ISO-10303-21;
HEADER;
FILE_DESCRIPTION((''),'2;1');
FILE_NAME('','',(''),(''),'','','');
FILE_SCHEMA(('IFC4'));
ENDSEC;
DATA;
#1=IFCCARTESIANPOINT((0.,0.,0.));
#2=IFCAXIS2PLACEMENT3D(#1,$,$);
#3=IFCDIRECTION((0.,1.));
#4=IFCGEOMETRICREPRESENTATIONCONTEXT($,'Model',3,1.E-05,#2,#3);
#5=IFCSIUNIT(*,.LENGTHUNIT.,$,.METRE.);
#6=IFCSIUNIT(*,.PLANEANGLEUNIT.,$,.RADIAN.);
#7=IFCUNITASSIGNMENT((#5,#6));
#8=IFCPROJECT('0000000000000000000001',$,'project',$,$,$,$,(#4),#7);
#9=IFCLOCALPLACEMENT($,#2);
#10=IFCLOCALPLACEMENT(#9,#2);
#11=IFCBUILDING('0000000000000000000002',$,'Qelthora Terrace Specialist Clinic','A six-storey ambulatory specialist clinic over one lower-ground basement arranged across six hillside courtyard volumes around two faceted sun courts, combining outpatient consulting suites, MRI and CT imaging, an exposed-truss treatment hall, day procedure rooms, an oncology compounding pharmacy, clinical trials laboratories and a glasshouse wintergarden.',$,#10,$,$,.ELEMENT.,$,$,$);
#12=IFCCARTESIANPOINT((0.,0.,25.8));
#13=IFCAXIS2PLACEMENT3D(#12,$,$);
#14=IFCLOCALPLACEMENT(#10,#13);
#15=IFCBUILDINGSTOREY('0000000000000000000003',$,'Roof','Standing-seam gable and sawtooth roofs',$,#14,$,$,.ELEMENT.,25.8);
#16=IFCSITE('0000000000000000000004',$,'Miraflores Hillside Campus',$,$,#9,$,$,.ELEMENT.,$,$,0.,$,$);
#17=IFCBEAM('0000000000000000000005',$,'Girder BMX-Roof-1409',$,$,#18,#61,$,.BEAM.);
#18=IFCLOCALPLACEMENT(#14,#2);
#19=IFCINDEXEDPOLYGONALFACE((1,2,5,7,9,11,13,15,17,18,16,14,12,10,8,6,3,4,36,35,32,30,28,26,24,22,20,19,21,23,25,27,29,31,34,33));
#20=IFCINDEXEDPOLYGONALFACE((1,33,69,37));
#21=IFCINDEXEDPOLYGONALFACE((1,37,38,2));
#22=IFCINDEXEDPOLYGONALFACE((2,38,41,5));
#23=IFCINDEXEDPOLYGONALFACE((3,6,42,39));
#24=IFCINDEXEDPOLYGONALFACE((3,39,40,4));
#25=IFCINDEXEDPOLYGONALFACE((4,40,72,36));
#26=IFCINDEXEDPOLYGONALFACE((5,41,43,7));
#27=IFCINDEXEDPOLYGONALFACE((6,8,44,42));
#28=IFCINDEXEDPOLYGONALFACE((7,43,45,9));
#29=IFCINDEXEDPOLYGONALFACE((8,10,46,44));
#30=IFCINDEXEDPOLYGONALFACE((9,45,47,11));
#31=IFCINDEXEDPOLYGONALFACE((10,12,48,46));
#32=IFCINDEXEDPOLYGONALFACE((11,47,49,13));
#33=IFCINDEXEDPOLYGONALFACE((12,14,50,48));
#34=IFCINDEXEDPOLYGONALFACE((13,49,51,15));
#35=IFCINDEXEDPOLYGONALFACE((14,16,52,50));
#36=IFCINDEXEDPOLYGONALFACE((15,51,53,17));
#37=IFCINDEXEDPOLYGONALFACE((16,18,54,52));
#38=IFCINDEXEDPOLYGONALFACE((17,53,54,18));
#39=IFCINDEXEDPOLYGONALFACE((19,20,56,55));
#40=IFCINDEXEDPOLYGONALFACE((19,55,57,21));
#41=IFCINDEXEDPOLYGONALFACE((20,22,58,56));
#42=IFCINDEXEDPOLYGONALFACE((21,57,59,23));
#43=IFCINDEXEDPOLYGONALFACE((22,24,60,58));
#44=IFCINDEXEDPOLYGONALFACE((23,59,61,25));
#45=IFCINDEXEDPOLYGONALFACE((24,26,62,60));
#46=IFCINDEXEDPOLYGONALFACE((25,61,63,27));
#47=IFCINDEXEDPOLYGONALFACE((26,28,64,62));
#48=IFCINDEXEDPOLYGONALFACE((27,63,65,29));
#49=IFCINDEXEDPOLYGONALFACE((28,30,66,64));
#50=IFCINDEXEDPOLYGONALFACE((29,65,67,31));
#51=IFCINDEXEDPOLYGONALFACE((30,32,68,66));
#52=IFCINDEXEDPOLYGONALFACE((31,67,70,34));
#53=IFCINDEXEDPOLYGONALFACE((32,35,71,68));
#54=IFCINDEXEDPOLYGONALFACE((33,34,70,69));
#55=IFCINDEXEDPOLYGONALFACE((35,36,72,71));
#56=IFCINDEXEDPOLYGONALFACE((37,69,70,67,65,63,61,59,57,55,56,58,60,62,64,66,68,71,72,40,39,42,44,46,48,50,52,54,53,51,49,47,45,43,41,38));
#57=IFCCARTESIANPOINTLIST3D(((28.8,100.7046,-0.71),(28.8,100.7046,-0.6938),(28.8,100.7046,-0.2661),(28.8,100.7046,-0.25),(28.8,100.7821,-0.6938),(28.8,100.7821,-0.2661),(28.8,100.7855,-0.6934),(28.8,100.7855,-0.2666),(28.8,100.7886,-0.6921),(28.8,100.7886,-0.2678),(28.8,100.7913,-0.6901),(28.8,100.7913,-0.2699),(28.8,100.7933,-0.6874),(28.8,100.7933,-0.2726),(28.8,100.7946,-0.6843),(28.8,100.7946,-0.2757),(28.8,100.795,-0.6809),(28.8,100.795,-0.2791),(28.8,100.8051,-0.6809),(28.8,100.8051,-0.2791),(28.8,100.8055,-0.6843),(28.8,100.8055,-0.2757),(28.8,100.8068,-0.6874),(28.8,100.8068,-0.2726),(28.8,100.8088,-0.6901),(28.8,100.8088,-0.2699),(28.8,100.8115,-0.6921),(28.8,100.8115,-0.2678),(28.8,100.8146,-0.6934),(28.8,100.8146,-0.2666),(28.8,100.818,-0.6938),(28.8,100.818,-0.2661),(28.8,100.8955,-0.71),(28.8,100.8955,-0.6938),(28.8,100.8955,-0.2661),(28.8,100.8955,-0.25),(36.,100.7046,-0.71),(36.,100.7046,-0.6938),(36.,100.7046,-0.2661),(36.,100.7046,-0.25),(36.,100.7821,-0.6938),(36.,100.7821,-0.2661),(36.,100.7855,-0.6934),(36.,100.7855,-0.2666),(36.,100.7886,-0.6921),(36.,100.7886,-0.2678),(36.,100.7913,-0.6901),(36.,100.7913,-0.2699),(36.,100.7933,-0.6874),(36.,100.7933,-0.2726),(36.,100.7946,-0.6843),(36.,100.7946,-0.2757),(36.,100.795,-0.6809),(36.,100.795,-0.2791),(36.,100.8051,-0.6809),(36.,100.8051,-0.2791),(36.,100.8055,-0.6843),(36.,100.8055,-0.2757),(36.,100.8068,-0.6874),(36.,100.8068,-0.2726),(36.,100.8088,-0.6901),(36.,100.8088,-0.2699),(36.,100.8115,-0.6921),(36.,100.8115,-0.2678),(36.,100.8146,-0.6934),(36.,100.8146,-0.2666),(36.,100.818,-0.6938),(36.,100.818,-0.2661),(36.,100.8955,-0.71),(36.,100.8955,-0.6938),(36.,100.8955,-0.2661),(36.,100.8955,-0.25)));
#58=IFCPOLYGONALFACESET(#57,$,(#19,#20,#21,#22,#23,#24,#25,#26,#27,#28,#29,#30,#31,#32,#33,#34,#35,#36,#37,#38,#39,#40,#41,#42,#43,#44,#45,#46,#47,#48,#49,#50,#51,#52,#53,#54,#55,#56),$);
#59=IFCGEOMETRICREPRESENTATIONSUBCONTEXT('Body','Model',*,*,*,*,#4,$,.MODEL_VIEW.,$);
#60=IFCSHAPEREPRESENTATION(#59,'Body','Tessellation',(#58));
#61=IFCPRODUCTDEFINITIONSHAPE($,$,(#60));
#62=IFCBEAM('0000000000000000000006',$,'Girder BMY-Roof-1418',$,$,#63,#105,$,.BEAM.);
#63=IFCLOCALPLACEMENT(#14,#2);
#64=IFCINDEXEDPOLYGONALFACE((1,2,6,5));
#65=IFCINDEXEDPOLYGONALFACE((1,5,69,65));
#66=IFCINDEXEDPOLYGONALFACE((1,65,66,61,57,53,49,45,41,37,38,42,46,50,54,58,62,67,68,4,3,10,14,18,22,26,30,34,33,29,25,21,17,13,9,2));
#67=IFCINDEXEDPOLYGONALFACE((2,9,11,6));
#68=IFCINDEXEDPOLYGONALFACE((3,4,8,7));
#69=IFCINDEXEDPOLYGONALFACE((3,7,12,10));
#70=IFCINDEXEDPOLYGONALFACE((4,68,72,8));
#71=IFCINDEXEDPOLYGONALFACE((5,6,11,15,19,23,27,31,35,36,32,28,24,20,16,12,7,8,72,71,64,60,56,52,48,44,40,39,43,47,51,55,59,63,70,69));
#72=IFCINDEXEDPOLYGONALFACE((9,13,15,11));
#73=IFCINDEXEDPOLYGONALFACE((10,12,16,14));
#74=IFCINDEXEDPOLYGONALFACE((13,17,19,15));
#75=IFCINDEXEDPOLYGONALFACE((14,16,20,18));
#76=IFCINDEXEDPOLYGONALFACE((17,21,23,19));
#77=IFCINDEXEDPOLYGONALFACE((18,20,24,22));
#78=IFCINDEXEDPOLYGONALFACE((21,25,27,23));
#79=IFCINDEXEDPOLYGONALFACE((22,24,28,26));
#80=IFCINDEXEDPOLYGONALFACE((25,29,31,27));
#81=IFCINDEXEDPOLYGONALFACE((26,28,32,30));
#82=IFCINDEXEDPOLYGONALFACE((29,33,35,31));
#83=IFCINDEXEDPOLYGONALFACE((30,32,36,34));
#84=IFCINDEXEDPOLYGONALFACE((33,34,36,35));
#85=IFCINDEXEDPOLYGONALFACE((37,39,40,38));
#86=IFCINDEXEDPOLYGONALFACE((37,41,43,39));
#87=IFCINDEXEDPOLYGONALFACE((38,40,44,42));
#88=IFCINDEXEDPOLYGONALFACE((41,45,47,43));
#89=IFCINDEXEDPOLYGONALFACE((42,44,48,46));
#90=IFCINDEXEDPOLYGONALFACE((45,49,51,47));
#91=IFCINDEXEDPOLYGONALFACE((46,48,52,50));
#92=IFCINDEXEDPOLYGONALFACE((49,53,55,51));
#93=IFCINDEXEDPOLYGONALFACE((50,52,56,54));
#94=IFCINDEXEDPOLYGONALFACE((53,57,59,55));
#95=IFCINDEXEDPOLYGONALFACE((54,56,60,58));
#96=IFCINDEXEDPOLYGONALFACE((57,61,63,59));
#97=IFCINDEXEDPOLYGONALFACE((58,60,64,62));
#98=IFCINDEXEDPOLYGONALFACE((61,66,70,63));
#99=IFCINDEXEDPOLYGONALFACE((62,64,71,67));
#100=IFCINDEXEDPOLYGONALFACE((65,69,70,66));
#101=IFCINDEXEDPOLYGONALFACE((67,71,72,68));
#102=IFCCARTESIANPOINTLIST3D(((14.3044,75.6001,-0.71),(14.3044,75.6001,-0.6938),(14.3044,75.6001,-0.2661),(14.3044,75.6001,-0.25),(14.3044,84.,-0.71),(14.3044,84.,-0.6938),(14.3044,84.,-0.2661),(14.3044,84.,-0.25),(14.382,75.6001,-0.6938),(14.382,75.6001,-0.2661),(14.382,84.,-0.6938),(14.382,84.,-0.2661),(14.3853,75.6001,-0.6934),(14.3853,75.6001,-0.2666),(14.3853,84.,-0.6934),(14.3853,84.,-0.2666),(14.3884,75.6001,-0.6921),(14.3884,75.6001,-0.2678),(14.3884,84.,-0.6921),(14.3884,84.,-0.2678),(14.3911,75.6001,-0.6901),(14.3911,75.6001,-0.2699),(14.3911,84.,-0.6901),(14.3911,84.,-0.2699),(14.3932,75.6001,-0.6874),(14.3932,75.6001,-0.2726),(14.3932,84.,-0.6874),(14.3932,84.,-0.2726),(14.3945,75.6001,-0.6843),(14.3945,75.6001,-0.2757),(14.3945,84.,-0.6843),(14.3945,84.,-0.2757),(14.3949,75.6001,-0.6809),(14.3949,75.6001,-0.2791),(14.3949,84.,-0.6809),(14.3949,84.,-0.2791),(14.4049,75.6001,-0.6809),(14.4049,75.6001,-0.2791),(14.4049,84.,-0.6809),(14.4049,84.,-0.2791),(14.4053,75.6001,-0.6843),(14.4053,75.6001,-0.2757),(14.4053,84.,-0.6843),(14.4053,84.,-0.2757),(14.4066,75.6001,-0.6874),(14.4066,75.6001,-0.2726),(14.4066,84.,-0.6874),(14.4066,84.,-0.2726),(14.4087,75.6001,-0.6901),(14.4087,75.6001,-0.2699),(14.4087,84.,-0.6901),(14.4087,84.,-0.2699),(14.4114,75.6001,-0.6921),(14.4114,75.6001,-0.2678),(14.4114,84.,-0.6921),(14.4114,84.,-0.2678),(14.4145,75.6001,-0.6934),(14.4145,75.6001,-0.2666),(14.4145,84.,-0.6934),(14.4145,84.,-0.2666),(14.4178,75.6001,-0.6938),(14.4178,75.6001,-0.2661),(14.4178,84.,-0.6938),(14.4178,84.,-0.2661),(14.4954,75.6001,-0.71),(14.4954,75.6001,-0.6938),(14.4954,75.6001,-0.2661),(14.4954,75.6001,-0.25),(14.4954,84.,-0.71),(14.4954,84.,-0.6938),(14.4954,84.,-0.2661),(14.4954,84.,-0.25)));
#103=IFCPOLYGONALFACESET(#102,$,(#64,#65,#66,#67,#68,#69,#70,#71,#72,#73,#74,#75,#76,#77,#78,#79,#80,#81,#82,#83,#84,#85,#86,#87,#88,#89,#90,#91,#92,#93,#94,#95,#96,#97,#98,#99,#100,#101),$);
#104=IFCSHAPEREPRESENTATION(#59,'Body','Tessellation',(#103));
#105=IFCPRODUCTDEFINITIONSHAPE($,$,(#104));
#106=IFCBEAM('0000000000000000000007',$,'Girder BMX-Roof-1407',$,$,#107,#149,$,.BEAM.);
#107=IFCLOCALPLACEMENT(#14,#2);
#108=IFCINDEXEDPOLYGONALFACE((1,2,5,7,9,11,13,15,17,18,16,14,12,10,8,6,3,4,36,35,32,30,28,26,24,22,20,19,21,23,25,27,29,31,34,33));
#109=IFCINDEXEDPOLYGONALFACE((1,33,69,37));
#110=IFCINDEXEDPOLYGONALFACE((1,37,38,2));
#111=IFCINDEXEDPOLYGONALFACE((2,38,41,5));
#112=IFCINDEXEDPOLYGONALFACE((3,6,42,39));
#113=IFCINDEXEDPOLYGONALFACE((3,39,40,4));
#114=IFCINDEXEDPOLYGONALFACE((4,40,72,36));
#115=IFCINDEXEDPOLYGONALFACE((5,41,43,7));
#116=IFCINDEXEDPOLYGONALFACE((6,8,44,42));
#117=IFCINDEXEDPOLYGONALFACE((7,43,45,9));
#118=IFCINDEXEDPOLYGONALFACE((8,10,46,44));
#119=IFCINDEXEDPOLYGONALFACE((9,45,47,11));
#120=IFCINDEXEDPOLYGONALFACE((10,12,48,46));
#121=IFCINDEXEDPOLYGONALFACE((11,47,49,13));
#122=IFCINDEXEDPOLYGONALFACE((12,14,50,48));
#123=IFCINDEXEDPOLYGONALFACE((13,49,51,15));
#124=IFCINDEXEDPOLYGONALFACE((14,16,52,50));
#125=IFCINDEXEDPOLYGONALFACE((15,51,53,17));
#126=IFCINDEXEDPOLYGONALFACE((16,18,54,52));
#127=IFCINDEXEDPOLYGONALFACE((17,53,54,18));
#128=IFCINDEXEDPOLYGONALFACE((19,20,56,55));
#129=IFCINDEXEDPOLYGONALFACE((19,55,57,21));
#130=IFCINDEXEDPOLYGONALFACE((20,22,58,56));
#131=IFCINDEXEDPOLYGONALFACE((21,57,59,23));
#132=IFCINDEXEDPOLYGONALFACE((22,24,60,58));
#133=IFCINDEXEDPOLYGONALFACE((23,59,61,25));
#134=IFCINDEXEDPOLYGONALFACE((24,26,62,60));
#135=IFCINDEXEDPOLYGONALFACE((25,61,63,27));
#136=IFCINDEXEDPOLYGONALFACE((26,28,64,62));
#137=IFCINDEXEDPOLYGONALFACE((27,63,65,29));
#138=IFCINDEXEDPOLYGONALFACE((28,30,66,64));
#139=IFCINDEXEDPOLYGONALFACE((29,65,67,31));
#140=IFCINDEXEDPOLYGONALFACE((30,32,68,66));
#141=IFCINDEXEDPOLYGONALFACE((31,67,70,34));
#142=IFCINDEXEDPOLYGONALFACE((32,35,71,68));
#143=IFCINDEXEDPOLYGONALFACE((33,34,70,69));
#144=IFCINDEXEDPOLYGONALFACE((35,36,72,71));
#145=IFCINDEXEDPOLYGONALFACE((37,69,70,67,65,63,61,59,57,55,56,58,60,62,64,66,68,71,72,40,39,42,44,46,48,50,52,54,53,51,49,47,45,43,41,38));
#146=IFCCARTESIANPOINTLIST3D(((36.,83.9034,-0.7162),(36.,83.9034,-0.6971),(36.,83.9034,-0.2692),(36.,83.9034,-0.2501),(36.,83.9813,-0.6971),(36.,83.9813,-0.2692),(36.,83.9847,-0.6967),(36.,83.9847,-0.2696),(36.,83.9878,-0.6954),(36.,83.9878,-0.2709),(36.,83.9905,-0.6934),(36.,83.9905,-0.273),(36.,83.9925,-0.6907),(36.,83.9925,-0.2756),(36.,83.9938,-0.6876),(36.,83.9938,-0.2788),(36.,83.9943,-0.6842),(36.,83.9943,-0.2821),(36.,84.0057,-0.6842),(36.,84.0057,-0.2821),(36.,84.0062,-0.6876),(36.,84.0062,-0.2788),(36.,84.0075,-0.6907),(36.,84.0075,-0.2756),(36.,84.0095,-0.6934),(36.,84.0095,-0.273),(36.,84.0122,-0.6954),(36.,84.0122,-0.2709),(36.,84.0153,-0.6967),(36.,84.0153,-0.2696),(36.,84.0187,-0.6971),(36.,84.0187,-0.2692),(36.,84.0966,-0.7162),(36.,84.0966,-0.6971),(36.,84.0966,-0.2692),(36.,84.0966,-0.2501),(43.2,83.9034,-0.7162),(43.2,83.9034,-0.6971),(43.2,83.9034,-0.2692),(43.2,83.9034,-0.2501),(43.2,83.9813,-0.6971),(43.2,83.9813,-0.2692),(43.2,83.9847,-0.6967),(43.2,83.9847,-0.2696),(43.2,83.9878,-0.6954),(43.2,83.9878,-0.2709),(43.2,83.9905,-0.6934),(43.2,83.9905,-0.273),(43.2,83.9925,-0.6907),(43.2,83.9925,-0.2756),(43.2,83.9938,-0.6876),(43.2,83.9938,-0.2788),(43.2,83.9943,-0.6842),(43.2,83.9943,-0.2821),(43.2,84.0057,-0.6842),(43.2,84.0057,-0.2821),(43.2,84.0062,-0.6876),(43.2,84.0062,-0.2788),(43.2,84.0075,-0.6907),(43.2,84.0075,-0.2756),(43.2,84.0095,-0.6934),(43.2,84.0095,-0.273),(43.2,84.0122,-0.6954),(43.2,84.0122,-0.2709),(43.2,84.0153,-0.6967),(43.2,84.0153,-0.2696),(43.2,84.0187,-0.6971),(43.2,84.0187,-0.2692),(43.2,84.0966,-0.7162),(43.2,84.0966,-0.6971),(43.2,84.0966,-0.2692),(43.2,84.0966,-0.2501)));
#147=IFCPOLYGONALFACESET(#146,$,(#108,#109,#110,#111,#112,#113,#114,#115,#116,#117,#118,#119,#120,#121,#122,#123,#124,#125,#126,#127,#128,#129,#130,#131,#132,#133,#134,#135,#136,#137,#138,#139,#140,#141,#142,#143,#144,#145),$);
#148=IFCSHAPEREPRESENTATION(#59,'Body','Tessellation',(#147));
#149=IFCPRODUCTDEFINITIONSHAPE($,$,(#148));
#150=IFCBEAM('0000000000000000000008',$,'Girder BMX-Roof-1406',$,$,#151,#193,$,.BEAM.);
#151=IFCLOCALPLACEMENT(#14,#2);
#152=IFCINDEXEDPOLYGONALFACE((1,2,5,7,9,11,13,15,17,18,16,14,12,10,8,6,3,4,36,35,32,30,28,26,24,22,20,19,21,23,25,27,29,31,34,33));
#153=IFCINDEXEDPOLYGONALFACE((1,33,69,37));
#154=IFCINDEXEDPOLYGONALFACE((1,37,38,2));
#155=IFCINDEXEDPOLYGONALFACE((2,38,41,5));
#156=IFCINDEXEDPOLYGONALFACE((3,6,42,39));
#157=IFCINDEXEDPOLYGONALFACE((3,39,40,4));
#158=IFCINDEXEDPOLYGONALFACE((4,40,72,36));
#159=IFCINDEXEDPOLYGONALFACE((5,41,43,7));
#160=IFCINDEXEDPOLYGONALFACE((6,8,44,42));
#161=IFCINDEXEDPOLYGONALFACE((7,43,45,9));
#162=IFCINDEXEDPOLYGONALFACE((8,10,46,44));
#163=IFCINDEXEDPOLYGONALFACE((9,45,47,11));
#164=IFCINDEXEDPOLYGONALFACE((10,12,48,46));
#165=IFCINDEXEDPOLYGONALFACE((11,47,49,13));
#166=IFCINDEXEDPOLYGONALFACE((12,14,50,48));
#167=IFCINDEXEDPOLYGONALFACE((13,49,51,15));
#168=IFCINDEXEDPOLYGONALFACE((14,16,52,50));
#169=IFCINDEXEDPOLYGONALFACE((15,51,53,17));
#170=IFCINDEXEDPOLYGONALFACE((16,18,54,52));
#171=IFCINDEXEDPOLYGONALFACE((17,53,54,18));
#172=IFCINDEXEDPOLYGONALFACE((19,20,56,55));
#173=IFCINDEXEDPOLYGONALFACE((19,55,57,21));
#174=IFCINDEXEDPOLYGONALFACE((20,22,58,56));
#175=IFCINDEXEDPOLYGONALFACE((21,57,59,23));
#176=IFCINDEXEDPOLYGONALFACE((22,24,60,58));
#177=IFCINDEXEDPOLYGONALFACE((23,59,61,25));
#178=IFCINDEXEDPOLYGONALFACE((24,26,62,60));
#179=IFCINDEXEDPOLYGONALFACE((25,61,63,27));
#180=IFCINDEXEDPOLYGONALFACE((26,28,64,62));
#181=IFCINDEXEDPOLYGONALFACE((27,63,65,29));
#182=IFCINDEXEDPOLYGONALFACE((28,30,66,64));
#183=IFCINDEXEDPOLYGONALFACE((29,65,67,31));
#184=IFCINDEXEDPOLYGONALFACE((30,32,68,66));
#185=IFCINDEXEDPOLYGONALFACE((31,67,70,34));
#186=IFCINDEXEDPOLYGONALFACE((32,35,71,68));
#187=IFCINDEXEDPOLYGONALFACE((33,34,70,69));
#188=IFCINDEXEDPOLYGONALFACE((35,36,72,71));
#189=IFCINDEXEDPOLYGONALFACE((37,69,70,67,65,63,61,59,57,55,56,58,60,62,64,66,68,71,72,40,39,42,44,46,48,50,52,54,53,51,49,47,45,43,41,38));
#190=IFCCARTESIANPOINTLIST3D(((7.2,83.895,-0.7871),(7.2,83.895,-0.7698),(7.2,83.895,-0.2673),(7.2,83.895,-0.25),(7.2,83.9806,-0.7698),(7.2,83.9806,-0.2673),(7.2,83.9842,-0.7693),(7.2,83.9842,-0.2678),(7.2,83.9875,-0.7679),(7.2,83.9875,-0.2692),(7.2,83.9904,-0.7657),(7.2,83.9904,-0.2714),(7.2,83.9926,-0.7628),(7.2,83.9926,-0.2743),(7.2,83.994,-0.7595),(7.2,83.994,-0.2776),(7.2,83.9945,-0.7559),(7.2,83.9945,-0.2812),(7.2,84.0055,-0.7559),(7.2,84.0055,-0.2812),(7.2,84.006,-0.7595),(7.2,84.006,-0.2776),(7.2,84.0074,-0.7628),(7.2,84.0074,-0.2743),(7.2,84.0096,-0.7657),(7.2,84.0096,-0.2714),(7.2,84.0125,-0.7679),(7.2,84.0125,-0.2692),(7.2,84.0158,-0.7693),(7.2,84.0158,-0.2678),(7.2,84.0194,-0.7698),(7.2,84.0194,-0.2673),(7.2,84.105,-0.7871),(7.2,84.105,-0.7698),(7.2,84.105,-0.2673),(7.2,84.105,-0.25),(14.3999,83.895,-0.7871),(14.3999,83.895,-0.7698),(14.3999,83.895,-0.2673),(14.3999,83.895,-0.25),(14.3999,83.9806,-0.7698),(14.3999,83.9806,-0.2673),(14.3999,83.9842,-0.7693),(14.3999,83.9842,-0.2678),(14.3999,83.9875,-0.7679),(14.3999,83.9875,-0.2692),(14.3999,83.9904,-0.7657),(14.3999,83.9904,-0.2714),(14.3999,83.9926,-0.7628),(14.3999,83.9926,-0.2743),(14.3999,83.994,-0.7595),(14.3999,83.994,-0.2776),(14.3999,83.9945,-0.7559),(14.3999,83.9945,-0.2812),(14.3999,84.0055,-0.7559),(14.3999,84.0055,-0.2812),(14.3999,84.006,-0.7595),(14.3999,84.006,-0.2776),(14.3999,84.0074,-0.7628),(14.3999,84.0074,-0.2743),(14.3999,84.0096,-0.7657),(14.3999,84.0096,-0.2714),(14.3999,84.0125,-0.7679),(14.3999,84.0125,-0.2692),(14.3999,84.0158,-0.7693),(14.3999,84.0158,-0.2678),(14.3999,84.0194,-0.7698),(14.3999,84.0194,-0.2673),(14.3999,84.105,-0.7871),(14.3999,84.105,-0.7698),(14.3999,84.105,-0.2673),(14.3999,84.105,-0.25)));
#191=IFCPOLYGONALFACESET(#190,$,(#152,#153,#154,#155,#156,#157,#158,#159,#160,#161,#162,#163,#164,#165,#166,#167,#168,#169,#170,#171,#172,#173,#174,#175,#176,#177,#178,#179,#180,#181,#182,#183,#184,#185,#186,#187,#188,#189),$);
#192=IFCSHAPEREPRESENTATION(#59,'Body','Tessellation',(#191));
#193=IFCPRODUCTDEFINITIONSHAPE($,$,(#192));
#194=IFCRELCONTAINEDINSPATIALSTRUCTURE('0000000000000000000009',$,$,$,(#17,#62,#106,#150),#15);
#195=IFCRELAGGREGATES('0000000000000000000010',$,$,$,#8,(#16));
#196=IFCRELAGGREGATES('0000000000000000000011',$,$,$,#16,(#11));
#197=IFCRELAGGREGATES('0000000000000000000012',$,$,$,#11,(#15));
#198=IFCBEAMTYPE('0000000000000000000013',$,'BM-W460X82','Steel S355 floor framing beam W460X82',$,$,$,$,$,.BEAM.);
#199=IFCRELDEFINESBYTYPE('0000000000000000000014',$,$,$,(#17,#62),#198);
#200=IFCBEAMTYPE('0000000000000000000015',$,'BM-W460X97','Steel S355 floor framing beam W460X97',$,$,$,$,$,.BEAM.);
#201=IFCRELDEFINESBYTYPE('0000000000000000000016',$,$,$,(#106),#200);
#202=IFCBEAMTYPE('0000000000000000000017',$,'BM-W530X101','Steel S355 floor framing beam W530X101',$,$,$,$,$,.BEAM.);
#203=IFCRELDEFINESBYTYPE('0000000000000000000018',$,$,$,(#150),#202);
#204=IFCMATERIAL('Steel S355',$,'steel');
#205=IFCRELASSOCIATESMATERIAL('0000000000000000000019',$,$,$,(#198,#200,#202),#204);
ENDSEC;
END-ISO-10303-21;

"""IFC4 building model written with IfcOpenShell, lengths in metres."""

from ifc_helpers import new_model, si_unit, direction, frame, origin, origin_2d, place, context, subcontext, project, spatial, i_section, extrude, material, material_profile, profile_set, type_object, element, save


model = new_model("IFC4")

# Units and contexts
model_context = context("Model", 3, precision=1e-05, world=origin(), true_north=direction((0.0, 1.0)))
body_context = subcontext(model_context, "Body", "Model", "MODEL_VIEW")
ifc_project = project(units=[si_unit("LENGTHUNIT", "METRE"), si_unit("PLANEANGLEUNIT", "RADIAN")], contexts=[model_context])

# Site, building, storey
site_placement = place(None, origin())
site = spatial("IfcSite", under=ifc_project, at=site_placement, Name="Miraflores Hillside Campus", CompositionType="ELEMENT", RefElevation=0.0)
building_placement = place(site_placement, origin())
building = spatial("IfcBuilding", under=site, at=building_placement, Name="Qelthora Terrace Specialist Clinic", Description="A six-storey ambulatory specialist clinic over one lower-ground basement arranged across six hillside courtyard volumes around two faceted sun courts, combining outpatient consulting suites, MRI and CT imaging, an exposed-truss treatment hall, day procedure rooms, an oncology compounding pharmacy, clinical trials laboratories and a glasshouse wintergarden.", CompositionType="ELEMENT")
storey_placement = place(building_placement, frame((0.0, 0.0, 25.8)))
storey = spatial("IfcBuildingStorey", under=building, at=storey_placement, Name="Roof", Description="Standing-seam gable and sawtooth roofs", CompositionType="ELEMENT", Elevation=25.8)

# Beams
ifc_material_1 = material(Name="Steel S355", Category="steel")
ifc_material_profile_1 = material_profile(ifc_material_1, i_section(OverallWidth=0.1909, OverallDepth=0.46, WebThickness=0.01, FlangeThickness=0.0161, FilletRadius=0.0129, at=origin_2d()), Name="W460X82")
ifc_profile_set_1 = profile_set([ifc_material_profile_1], Name="Steel S355")
beam_type_1 = type_object("IfcBeamType", Name="BM-W460X82", Description="Steel S355 floor framing beam W460X82", PredefinedType="BEAM", material=ifc_profile_set_1)
beam_1_placement = place(storey_placement, frame((28.8, 100.8, -0.48), z_axis=(1.0, 0.0, 0.0), x_axis=(0.0, 1.0, 0.0)))
element("IfcBeam", 1, at=beam_1_placement, inside=storey, type_object=beam_type_1, Name="Girder BMX-Roof-1409", PredefinedType="BEAM", context=body_context, shape_type="SweptSolid", body=[
    extrude(i_section(OverallWidth=0.1909, OverallDepth=0.46, WebThickness=0.01, FlangeThickness=0.0161, FilletRadius=0.0129, at=origin_2d()), origin(), (0.0, 0.0, 1.0), 7.2),
])
beam_2_placement = place(storey_placement, frame((14.3999, 75.6001, -0.48), z_axis=(0.0, 1.0, 0.0), x_axis=(-1.0, 0.0, 0.0)))
element("IfcBeam", 2, at=beam_2_placement, inside=storey, type_object=beam_type_1, Name="Girder BMY-Roof-1418", PredefinedType="BEAM", context=body_context, shape_type="SweptSolid", body=[
    extrude(i_section(OverallWidth=0.1909, OverallDepth=0.46, WebThickness=0.01, FlangeThickness=0.0161, FilletRadius=0.0129, at=origin_2d()), origin(), (0.0, 0.0, 1.0), 8.3999),
])
ifc_material_profile_2 = material_profile(ifc_material_1, i_section(OverallWidth=0.1931, OverallDepth=0.4661, WebThickness=0.0115, FlangeThickness=0.019, FilletRadius=0.0129, at=origin_2d()), Name="W460X97")
ifc_profile_set_2 = profile_set([ifc_material_profile_2], Name="Steel S355")
beam_type_2 = type_object("IfcBeamType", Name="BM-W460X97", Description="Steel S355 floor framing beam W460X97", PredefinedType="BEAM", material=ifc_profile_set_2)
beam_3_placement = place(storey_placement, frame((36.0, 84.0, -0.4832), z_axis=(1.0, 0.0, 0.0), x_axis=(0.0, 1.0, 0.0)))
element("IfcBeam", 3, at=beam_3_placement, inside=storey, type_object=beam_type_2, Name="Girder BMX-Roof-1407", PredefinedType="BEAM", context=body_context, shape_type="SweptSolid", body=[
    extrude(i_section(OverallWidth=0.1931, OverallDepth=0.4661, WebThickness=0.0115, FlangeThickness=0.019, FilletRadius=0.0129, at=origin_2d()), origin(), (0.0, 0.0, 1.0), 7.2),
])
ifc_material_profile_3 = material_profile(ifc_material_1, i_section(OverallWidth=0.21, OverallDepth=0.5371, WebThickness=0.011, FlangeThickness=0.0173, FilletRadius=0.0139, at=origin_2d()), Name="W530X101")
ifc_profile_set_3 = profile_set([ifc_material_profile_3], Name="Steel S355")
beam_type_3 = type_object("IfcBeamType", Name="BM-W530X101", Description="Steel S355 floor framing beam W530X101", PredefinedType="BEAM", material=ifc_profile_set_3)
beam_4_placement = place(storey_placement, frame((7.2, 84.0, -0.5186), z_axis=(1.0, 0.0, 0.0), x_axis=(0.0, 1.0, 0.0)))
element("IfcBeam", 4, at=beam_4_placement, inside=storey, type_object=beam_type_3, Name="Girder BMX-Roof-1406", PredefinedType="BEAM", context=body_context, shape_type="SweptSolid", body=[
    extrude(i_section(OverallWidth=0.21, OverallDepth=0.5371, WebThickness=0.011, FlangeThickness=0.0173, FilletRadius=0.0139, at=origin_2d()), origin(), (0.0, 0.0, 1.0), 7.2),
])

save(model, "model.ifc")
